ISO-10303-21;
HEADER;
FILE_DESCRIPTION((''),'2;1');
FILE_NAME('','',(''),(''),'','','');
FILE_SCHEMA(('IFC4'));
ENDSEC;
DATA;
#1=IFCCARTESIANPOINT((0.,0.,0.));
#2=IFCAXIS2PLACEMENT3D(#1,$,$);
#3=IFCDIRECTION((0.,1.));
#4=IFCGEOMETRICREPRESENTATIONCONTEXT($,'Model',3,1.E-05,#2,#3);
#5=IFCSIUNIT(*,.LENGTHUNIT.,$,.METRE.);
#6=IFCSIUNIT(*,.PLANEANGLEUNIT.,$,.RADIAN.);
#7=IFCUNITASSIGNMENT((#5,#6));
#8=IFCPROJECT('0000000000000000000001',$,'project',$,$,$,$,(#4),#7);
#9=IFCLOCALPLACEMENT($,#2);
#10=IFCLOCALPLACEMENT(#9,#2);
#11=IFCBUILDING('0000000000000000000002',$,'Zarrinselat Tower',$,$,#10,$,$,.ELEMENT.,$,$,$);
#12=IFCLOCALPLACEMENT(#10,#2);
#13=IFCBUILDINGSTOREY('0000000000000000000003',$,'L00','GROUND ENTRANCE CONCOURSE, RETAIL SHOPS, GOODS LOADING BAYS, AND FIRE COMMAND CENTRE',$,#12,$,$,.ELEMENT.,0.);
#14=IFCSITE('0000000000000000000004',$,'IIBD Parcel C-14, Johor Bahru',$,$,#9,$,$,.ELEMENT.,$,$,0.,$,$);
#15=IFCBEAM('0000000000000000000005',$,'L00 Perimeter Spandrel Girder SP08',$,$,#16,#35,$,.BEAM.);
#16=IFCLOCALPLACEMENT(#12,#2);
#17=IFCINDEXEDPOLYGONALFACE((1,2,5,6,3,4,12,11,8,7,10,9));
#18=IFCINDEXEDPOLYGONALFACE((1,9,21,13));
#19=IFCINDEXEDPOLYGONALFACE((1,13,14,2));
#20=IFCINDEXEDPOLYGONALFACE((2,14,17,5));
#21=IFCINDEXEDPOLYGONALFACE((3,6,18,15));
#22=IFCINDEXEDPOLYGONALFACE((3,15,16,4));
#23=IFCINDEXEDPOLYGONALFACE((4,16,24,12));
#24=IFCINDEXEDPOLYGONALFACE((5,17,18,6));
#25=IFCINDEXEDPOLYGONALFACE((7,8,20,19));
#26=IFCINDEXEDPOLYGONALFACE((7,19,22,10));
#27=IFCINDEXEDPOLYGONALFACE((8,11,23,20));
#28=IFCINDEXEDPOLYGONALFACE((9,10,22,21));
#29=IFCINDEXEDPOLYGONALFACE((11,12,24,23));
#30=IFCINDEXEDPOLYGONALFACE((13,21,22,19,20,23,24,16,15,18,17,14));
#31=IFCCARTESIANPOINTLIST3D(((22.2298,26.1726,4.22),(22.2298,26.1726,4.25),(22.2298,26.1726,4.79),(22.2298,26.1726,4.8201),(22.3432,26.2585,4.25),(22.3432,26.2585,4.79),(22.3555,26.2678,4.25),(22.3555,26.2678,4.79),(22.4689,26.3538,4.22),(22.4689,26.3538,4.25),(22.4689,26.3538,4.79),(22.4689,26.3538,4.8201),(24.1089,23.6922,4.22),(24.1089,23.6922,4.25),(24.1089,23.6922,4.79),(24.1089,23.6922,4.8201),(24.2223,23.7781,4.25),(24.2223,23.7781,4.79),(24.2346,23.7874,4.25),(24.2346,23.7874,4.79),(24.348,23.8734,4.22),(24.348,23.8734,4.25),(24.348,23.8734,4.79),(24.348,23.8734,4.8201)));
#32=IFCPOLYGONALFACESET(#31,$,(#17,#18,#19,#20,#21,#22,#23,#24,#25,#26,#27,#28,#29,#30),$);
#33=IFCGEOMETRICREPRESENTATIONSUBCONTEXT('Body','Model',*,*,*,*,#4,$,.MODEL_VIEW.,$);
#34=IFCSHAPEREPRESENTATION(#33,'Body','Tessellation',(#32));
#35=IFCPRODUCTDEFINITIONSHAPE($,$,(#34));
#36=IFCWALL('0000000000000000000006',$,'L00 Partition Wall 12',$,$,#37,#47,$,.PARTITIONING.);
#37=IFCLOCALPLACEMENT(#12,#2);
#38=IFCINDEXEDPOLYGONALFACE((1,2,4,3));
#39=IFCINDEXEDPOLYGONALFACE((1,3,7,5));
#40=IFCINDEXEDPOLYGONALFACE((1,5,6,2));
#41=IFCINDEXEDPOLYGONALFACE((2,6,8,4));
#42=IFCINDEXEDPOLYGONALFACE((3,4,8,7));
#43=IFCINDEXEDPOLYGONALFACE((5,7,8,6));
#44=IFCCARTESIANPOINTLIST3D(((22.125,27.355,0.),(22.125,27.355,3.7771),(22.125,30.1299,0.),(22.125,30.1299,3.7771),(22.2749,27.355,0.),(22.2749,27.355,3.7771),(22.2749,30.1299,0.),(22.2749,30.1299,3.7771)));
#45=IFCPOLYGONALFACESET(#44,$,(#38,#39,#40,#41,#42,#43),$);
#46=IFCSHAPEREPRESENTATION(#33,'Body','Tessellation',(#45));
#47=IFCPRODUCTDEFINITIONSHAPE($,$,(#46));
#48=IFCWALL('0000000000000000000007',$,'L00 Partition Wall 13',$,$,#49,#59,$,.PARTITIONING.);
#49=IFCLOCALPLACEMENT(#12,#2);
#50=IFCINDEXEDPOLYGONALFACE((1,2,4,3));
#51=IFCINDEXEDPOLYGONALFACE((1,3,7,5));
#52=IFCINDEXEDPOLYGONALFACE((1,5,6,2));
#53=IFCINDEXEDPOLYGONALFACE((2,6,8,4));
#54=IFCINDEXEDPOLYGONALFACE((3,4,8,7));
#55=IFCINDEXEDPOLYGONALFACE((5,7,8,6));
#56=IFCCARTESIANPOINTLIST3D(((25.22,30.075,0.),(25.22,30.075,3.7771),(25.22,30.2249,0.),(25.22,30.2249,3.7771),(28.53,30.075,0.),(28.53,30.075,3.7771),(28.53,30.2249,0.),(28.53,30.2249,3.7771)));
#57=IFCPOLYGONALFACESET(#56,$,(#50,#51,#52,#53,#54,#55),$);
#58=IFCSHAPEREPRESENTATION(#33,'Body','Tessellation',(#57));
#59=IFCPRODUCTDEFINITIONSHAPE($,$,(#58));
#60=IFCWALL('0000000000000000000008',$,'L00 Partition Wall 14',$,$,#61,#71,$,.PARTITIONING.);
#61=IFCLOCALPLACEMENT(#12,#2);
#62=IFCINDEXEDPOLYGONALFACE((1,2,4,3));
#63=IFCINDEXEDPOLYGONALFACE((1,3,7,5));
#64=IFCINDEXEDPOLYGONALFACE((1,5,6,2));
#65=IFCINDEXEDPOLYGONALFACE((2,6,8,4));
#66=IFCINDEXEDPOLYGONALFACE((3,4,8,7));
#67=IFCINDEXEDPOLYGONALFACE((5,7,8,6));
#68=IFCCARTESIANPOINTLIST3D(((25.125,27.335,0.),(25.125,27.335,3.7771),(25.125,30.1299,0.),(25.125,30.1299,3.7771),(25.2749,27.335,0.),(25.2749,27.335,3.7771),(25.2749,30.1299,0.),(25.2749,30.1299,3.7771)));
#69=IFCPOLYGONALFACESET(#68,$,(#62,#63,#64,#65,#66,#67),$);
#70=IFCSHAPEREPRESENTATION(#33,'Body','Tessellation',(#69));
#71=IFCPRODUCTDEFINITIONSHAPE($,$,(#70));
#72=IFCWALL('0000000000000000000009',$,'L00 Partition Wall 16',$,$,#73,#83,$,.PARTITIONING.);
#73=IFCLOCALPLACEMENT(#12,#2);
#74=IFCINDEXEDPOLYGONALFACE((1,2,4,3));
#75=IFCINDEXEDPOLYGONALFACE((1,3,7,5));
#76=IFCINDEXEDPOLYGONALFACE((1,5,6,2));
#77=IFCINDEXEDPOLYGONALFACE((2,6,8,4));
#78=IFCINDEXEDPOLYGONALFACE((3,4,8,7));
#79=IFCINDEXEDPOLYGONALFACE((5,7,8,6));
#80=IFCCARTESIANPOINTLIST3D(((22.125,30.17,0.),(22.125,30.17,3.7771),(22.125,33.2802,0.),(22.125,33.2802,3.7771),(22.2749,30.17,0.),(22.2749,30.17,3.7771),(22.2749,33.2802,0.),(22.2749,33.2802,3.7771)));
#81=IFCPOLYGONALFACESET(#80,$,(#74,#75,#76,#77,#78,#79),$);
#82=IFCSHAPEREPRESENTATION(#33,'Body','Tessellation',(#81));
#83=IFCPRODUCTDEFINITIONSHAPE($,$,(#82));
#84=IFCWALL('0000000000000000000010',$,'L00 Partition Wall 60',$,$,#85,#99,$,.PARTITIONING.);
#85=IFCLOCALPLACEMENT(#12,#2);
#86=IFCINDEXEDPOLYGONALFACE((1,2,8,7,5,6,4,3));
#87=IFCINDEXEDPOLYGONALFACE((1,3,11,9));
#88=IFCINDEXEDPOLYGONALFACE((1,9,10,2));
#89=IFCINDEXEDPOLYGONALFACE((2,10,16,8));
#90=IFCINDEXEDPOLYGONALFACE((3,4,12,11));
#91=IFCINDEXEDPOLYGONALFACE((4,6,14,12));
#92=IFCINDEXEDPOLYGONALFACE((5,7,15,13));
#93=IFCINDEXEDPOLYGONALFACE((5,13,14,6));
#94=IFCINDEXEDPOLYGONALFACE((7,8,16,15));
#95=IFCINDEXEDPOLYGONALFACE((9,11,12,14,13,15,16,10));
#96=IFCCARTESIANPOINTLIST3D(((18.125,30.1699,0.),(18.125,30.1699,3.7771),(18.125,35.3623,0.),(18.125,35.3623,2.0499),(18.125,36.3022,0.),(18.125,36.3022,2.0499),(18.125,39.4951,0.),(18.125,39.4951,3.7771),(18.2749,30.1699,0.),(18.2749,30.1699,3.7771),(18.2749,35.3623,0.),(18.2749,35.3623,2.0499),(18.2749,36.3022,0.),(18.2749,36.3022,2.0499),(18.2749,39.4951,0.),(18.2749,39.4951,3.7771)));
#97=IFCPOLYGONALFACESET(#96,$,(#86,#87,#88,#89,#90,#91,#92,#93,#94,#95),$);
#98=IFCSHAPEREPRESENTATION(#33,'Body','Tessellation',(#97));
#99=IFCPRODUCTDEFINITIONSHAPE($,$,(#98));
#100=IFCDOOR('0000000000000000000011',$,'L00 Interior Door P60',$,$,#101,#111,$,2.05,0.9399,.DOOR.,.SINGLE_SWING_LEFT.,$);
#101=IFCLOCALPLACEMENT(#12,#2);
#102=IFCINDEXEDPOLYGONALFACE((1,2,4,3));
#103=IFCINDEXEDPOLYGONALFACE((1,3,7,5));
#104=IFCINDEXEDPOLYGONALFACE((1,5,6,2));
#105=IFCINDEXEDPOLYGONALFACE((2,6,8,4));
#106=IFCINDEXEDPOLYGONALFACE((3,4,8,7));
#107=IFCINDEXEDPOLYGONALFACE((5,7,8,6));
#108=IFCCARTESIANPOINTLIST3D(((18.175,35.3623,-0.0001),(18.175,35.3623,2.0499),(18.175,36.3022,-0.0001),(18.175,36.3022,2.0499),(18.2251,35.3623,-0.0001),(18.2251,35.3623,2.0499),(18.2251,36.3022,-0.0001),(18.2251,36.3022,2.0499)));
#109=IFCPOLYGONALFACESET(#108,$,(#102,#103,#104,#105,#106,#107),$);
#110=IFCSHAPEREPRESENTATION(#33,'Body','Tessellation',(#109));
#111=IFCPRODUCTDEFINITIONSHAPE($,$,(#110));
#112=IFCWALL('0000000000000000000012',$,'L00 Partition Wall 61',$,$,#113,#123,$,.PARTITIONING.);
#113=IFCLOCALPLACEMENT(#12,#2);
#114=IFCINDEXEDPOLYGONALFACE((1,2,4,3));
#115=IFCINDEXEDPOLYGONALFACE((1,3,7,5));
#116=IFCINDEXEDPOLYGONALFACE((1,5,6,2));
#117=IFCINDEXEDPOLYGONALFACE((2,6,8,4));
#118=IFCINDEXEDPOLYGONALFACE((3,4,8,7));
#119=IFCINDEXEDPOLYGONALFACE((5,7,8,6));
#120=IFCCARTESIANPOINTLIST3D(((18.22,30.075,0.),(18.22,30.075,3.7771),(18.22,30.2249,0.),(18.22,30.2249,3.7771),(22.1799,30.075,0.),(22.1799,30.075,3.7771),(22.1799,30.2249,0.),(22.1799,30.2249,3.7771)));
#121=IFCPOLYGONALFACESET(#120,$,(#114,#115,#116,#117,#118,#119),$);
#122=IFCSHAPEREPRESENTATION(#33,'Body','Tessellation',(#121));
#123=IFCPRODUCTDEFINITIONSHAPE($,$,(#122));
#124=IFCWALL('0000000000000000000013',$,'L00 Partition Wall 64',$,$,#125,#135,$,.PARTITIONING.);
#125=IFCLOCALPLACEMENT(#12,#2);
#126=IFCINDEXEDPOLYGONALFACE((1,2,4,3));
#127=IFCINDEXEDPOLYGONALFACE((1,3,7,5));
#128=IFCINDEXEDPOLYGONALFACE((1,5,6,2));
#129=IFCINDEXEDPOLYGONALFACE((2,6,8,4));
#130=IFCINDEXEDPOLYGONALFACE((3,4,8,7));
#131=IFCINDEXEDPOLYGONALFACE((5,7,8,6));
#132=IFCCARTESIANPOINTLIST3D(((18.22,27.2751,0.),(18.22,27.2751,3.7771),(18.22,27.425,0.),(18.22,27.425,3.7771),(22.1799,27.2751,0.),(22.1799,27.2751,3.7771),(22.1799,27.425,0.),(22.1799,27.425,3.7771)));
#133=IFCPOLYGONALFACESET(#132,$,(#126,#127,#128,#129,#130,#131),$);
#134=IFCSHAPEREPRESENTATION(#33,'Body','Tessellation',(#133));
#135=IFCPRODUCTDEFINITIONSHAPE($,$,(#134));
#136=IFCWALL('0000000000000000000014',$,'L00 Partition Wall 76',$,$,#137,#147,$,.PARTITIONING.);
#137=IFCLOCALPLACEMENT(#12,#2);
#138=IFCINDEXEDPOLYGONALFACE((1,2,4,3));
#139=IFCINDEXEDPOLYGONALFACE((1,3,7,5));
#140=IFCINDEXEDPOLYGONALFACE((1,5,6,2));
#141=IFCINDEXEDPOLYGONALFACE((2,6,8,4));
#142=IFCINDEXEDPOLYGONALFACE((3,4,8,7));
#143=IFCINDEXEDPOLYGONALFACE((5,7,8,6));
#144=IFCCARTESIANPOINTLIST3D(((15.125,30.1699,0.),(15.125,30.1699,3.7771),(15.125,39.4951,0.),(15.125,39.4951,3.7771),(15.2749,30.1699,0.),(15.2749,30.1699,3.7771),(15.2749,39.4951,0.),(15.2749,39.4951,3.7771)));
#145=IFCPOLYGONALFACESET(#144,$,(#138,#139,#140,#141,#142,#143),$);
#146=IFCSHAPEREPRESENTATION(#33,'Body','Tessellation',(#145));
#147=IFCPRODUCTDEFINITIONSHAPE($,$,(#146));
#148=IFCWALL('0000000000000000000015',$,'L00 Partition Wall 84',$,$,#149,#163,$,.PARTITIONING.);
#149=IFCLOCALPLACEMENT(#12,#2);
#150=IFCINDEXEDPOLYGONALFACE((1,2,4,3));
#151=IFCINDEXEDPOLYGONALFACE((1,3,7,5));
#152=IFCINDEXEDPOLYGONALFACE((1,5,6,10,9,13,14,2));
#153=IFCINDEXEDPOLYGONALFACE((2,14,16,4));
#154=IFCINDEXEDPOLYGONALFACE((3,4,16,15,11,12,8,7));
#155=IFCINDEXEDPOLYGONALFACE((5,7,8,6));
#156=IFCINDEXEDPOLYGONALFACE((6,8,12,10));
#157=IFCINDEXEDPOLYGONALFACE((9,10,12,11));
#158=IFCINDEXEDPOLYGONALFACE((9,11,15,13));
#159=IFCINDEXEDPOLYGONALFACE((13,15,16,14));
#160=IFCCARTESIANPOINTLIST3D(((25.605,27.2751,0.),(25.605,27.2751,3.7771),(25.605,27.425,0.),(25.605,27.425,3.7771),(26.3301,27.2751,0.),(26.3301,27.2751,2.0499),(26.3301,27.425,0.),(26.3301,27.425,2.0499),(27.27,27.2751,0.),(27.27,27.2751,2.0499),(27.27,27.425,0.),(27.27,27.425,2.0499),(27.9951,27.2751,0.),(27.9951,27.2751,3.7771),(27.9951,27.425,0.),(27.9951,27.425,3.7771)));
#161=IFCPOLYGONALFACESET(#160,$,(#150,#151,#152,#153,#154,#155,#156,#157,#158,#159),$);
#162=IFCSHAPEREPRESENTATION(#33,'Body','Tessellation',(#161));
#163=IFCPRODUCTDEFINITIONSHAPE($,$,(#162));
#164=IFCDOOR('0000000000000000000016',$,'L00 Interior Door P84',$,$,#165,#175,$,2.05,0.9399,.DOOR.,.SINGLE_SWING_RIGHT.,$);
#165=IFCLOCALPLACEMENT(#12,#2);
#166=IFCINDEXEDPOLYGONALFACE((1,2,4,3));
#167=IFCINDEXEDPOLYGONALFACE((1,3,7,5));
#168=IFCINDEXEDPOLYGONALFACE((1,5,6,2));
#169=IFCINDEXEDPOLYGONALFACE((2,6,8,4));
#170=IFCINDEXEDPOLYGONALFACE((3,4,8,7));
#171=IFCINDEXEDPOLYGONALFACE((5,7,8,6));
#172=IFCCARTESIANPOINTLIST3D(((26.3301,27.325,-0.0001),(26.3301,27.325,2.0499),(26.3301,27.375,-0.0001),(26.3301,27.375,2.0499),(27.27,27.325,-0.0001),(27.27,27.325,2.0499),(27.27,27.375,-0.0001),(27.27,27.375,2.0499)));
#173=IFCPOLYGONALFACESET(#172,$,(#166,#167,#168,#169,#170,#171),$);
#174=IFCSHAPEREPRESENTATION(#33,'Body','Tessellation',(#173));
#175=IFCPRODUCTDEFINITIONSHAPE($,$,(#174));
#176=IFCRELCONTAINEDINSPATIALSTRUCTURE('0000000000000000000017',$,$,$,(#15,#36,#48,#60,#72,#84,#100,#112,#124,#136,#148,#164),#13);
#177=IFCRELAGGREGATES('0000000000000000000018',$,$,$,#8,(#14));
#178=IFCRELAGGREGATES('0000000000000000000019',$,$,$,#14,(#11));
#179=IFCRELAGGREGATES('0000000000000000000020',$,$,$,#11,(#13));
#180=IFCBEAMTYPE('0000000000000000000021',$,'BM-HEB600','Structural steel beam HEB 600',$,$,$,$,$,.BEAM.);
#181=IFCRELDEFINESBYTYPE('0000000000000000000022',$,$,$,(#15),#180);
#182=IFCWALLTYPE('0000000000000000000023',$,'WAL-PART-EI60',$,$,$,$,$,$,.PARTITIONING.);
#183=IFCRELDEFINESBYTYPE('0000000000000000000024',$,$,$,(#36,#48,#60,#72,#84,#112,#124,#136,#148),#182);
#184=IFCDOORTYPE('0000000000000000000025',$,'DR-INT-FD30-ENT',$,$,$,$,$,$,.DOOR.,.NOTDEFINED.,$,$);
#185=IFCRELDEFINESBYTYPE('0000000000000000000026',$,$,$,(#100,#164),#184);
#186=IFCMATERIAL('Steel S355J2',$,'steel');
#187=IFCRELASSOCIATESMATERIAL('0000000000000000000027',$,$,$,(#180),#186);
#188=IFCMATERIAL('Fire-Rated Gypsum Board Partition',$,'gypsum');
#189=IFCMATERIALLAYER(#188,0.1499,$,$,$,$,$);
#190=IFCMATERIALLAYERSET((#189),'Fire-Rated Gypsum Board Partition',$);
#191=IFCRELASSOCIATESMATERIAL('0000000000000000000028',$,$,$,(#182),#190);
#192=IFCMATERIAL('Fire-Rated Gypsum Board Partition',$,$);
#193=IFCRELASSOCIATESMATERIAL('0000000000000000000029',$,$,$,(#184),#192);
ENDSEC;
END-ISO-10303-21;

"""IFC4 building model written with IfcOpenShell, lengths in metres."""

from ifc_helpers import new_model, si_unit, direction, frame, frame_2d, origin, origin_2d, place, context, subcontext, project, spatial, rectangle, i_section, extrude, material, layer, layer_set, material_profile, profile_set, type_object, element, fill, save


model = new_model("IFC4")

# Units and contexts
model_context = context("Model", 3, precision=1e-05, world=origin(), true_north=direction((0.0, 1.0)))
body_context = subcontext(model_context, "Body", "Model", "MODEL_VIEW")
ifc_project = project(units=[si_unit("LENGTHUNIT", "METRE"), si_unit("PLANEANGLEUNIT", "RADIAN")], contexts=[model_context])

# Site, building, storey
site_placement = place(None, origin())
site = spatial("IfcSite", under=ifc_project, at=site_placement, Name="IIBD Parcel C-14, Johor Bahru", CompositionType="ELEMENT", RefElevation=0.0)
building_placement = place(site_placement, origin())
building = spatial("IfcBuilding", under=site, at=building_placement, Name="Zarrinselat Tower", CompositionType="ELEMENT")
storey_placement = place(building_placement, origin())
storey = spatial("IfcBuildingStorey", under=building, at=storey_placement, Name="L00", Description="GROUND ENTRANCE CONCOURSE, RETAIL SHOPS, GOODS LOADING BAYS, AND FIRE COMMAND CENTRE", CompositionType="ELEMENT", Elevation=0.0)

# Beam
ifc_material_1 = material(Name="Steel S355J2", Category="steel")
ifc_material_profile_1 = material_profile(ifc_material_1, i_section(OverallWidth=0.3, OverallDepth=0.6001, WebThickness=0.0154, FlangeThickness=0.03, at=origin_2d()), Name="HEB 600")
ifc_profile_set_1 = profile_set([ifc_material_profile_1], Name="Steel S355J2")
beam_type_1 = type_object("IfcBeamType", Name="BM-HEB600", Description="Structural steel beam HEB 600", PredefinedType="BEAM", material=ifc_profile_set_1)
beam_1_placement = place(storey_placement, frame((22.3494, 26.2632, 4.52), z_axis=(0.603859, -0.797091, 0.0), x_axis=(0.797091, 0.603859, 0.0)))
element("IfcBeam", 1, at=beam_1_placement, inside=storey, type_object=beam_type_1, Name="L00 Perimeter Spandrel Girder SP08", PredefinedType="BEAM", context=body_context, shape_type="SweptSolid", body=[
    extrude(i_section(OverallWidth=0.3, OverallDepth=0.6001, WebThickness=0.0154, FlangeThickness=0.03, at=origin_2d()), origin(), (0.0, 0.0, 1.0), 3.1118),
])

# Walls
ifc_material_2 = material(Name="Fire-Rated Gypsum Board Partition", Category="gypsum")
ifc_layer_1 = layer(ifc_material_2, 0.1499)
ifc_layer_set_1 = layer_set([ifc_layer_1], Name="Fire-Rated Gypsum Board Partition")
wall_type_1 = type_object("IfcWallType", Name="WAL-PART-EI60", PredefinedType="PARTITIONING", material=ifc_layer_set_1)
wall_1_placement = place(storey_placement, frame((22.2, 27.355, 0.0), z_axis=(0.0, 0.0, 1.0), x_axis=(0.0, 1.0, 0.0)))
element("IfcWall", 2, at=wall_1_placement, inside=storey, type_object=wall_type_1, Name="L00 Partition Wall 12", PredefinedType="PARTITIONING", context=body_context, shape_type="SweptSolid", body=[
    extrude(rectangle(XDim=2.7749, YDim=0.1499, at=frame_2d((1.3875, 0.0))), origin(), (0.0, 0.0, 1.0), 3.7771),
])
wall_2_placement = place(storey_placement, frame((25.22, 30.1499, 0.0), z_axis=(0.0, 0.0, 1.0), x_axis=(1.0, 0.0, 0.0)))
element("IfcWall", 3, at=wall_2_placement, inside=storey, type_object=wall_type_1, Name="L00 Partition Wall 13", PredefinedType="PARTITIONING", context=body_context, shape_type="SweptSolid", body=[
    extrude(rectangle(XDim=3.3101, YDim=0.1499, at=frame_2d((1.655, 0.0))), origin(), (0.0, 0.0, 1.0), 3.7771),
])
wall_3_placement = place(storey_placement, frame((25.2, 27.335, 0.0), z_axis=(0.0, 0.0, 1.0), x_axis=(0.0, 1.0, 0.0)))
element("IfcWall", 4, at=wall_3_placement, inside=storey, type_object=wall_type_1, Name="L00 Partition Wall 14", PredefinedType="PARTITIONING", context=body_context, shape_type="SweptSolid", body=[
    extrude(rectangle(XDim=2.7949, YDim=0.1499, at=frame_2d((1.3975, 0.0))), origin(), (0.0, 0.0, 1.0), 3.7771),
])
wall_4_placement = place(storey_placement, frame((22.2, 30.1699, 0.0), z_axis=(0.0, 0.0, 1.0), x_axis=(0.0, 1.0, 0.0)))
element("IfcWall", 5, at=wall_4_placement, inside=storey, type_object=wall_type_1, Name="L00 Partition Wall 16", PredefinedType="PARTITIONING", context=body_context, shape_type="SweptSolid", body=[
    extrude(rectangle(XDim=3.1101, YDim=0.1499, at=frame_2d((1.5552, 0.0))), origin(), (0.0, 0.0, 1.0), 3.7771),
])

# Wall, opening, door
wall_5_placement = place(storey_placement, frame((18.2, 30.1699, 0.0), z_axis=(0.0, 0.0, 1.0), x_axis=(0.0, 1.0, 0.0)))
wall_5 = element("IfcWall", 6, at=wall_5_placement, inside=storey, type_object=wall_type_1, Name="L00 Partition Wall 60", PredefinedType="PARTITIONING", context=body_context, shape_type="SweptSolid", body=[
    extrude(rectangle(XDim=9.3252, YDim=0.1499, at=frame_2d((4.6626, 0.0))), origin(), (0.0, 0.0, 1.0), 3.7771),
])
opening_1_placement = place(wall_5_placement, frame((5.1924, 0.0, 0.0)))
opening_1 = element("IfcOpeningElement", 7, at=opening_1_placement, cuts=wall_5, PredefinedType="OPENING", context=body_context, shape_type="SweptSolid", body=[
    extrude(rectangle(XDim=0.9399, YDim=2.05, at=frame_2d((0.47, 1.0249))), frame((0.0, 0.085, 0.0), z_axis=(0.0, -1.0, 0.0), x_axis=(1.0, 0.0, 0.0)), (0.0, 0.0, 1.0), 0.1699),
])
ifc_material_3 = material(Name="Fire-Rated Gypsum Board Partition")
door_type = type_object("IfcDoorType", Name="DR-INT-FD30-ENT", OperationType="NOTDEFINED", PredefinedType="DOOR", material=ifc_material_3)
door_1_placement = place(opening_1_placement, origin())
door_1 = element("IfcDoor", 8, at=door_1_placement, inside=storey, type_object=door_type, Name="L00 Interior Door P60", OperationType="SINGLE_SWING_LEFT", OverallHeight=2.05, OverallWidth=0.9399, PredefinedType="DOOR", context=body_context, shape_type="SweptSolid", body=[
    extrude(rectangle(XDim=0.9399, YDim=2.05, at=frame_2d((0.47, 1.0249))), frame((0.0, 0.0249, 0.0), z_axis=(0.0, -1.0, 0.0), x_axis=(1.0, 0.0, 0.0)), (0.0, 0.0, 1.0), 0.05),
])
fill(opening_1, door_1)

# Walls
for number, where, z_axis, x_axis, name in (
    (9, (18.22, 30.1499, 0.0), (0.0, 0.0, 1.0), (1.0, 0.0, 0.0), "L00 Partition Wall 61"),
    (10, (18.22, 27.3501, 0.0), (0.0, 0.0, 1.0), (1.0, 0.0, 0.0), "L00 Partition Wall 64"),
):
    element("IfcWall", number, at=place(storey_placement, frame(where, z_axis=z_axis, x_axis=x_axis)), inside=storey, type_object=wall_type_1, Name=name, PredefinedType="PARTITIONING", context=body_context, shape_type="SweptSolid", body=[
        extrude(rectangle(XDim=3.96, YDim=0.1499, at=frame_2d((1.98, 0.0))), origin(), (0.0, 0.0, 1.0), 3.7771),
    ])
wall_6_placement = place(storey_placement, frame((15.2, 30.1699, 0.0), z_axis=(0.0, 0.0, 1.0), x_axis=(0.0, 1.0, 0.0)))
element("IfcWall", 11, at=wall_6_placement, inside=storey, type_object=wall_type_1, Name="L00 Partition Wall 76", PredefinedType="PARTITIONING", context=body_context, shape_type="SweptSolid", body=[
    extrude(rectangle(XDim=9.3252, YDim=0.1499, at=frame_2d((4.6626, 0.0))), origin(), (0.0, 0.0, 1.0), 3.7771),
])

# Wall, opening, door
wall_7_placement = place(storey_placement, frame((25.605, 27.3501, 0.0), z_axis=(0.0, 0.0, 1.0), x_axis=(1.0, 0.0, 0.0)))
wall_7 = element("IfcWall", 12, at=wall_7_placement, inside=storey, type_object=wall_type_1, Name="L00 Partition Wall 84", PredefinedType="PARTITIONING", context=body_context, shape_type="SweptSolid", body=[
    extrude(rectangle(XDim=2.3901, YDim=0.1499, at=frame_2d((1.1951, 0.0))), origin(), (0.0, 0.0, 1.0), 3.7771),
])
opening_2_placement = place(wall_7_placement, frame((0.7251, 0.0, 0.0)))
opening_2 = element("IfcOpeningElement", 13, at=opening_2_placement, cuts=wall_7, PredefinedType="OPENING", context=body_context, shape_type="SweptSolid", body=[
    extrude(rectangle(XDim=0.9399, YDim=2.05, at=frame_2d((0.47, 1.0249))), frame((0.0, 0.085, 0.0), z_axis=(0.0, -1.0, 0.0), x_axis=(1.0, 0.0, 0.0)), (0.0, 0.0, 1.0), 0.1699),
])
door_2_placement = place(opening_2_placement, origin())
door_2 = element("IfcDoor", 14, at=door_2_placement, inside=storey, type_object=door_type, Name="L00 Interior Door P84", OperationType="SINGLE_SWING_RIGHT", OverallHeight=2.05, OverallWidth=0.9399, PredefinedType="DOOR", context=body_context, shape_type="SweptSolid", body=[
    extrude(rectangle(XDim=0.9399, YDim=2.05, at=frame_2d((0.47, 1.0249))), frame((0.0, 0.0249, 0.0), z_axis=(0.0, -1.0, 0.0), x_axis=(1.0, 0.0, 0.0)), (0.0, 0.0, 1.0), 0.05),
])
fill(opening_2, door_2)

save(model, "model.ifc")
